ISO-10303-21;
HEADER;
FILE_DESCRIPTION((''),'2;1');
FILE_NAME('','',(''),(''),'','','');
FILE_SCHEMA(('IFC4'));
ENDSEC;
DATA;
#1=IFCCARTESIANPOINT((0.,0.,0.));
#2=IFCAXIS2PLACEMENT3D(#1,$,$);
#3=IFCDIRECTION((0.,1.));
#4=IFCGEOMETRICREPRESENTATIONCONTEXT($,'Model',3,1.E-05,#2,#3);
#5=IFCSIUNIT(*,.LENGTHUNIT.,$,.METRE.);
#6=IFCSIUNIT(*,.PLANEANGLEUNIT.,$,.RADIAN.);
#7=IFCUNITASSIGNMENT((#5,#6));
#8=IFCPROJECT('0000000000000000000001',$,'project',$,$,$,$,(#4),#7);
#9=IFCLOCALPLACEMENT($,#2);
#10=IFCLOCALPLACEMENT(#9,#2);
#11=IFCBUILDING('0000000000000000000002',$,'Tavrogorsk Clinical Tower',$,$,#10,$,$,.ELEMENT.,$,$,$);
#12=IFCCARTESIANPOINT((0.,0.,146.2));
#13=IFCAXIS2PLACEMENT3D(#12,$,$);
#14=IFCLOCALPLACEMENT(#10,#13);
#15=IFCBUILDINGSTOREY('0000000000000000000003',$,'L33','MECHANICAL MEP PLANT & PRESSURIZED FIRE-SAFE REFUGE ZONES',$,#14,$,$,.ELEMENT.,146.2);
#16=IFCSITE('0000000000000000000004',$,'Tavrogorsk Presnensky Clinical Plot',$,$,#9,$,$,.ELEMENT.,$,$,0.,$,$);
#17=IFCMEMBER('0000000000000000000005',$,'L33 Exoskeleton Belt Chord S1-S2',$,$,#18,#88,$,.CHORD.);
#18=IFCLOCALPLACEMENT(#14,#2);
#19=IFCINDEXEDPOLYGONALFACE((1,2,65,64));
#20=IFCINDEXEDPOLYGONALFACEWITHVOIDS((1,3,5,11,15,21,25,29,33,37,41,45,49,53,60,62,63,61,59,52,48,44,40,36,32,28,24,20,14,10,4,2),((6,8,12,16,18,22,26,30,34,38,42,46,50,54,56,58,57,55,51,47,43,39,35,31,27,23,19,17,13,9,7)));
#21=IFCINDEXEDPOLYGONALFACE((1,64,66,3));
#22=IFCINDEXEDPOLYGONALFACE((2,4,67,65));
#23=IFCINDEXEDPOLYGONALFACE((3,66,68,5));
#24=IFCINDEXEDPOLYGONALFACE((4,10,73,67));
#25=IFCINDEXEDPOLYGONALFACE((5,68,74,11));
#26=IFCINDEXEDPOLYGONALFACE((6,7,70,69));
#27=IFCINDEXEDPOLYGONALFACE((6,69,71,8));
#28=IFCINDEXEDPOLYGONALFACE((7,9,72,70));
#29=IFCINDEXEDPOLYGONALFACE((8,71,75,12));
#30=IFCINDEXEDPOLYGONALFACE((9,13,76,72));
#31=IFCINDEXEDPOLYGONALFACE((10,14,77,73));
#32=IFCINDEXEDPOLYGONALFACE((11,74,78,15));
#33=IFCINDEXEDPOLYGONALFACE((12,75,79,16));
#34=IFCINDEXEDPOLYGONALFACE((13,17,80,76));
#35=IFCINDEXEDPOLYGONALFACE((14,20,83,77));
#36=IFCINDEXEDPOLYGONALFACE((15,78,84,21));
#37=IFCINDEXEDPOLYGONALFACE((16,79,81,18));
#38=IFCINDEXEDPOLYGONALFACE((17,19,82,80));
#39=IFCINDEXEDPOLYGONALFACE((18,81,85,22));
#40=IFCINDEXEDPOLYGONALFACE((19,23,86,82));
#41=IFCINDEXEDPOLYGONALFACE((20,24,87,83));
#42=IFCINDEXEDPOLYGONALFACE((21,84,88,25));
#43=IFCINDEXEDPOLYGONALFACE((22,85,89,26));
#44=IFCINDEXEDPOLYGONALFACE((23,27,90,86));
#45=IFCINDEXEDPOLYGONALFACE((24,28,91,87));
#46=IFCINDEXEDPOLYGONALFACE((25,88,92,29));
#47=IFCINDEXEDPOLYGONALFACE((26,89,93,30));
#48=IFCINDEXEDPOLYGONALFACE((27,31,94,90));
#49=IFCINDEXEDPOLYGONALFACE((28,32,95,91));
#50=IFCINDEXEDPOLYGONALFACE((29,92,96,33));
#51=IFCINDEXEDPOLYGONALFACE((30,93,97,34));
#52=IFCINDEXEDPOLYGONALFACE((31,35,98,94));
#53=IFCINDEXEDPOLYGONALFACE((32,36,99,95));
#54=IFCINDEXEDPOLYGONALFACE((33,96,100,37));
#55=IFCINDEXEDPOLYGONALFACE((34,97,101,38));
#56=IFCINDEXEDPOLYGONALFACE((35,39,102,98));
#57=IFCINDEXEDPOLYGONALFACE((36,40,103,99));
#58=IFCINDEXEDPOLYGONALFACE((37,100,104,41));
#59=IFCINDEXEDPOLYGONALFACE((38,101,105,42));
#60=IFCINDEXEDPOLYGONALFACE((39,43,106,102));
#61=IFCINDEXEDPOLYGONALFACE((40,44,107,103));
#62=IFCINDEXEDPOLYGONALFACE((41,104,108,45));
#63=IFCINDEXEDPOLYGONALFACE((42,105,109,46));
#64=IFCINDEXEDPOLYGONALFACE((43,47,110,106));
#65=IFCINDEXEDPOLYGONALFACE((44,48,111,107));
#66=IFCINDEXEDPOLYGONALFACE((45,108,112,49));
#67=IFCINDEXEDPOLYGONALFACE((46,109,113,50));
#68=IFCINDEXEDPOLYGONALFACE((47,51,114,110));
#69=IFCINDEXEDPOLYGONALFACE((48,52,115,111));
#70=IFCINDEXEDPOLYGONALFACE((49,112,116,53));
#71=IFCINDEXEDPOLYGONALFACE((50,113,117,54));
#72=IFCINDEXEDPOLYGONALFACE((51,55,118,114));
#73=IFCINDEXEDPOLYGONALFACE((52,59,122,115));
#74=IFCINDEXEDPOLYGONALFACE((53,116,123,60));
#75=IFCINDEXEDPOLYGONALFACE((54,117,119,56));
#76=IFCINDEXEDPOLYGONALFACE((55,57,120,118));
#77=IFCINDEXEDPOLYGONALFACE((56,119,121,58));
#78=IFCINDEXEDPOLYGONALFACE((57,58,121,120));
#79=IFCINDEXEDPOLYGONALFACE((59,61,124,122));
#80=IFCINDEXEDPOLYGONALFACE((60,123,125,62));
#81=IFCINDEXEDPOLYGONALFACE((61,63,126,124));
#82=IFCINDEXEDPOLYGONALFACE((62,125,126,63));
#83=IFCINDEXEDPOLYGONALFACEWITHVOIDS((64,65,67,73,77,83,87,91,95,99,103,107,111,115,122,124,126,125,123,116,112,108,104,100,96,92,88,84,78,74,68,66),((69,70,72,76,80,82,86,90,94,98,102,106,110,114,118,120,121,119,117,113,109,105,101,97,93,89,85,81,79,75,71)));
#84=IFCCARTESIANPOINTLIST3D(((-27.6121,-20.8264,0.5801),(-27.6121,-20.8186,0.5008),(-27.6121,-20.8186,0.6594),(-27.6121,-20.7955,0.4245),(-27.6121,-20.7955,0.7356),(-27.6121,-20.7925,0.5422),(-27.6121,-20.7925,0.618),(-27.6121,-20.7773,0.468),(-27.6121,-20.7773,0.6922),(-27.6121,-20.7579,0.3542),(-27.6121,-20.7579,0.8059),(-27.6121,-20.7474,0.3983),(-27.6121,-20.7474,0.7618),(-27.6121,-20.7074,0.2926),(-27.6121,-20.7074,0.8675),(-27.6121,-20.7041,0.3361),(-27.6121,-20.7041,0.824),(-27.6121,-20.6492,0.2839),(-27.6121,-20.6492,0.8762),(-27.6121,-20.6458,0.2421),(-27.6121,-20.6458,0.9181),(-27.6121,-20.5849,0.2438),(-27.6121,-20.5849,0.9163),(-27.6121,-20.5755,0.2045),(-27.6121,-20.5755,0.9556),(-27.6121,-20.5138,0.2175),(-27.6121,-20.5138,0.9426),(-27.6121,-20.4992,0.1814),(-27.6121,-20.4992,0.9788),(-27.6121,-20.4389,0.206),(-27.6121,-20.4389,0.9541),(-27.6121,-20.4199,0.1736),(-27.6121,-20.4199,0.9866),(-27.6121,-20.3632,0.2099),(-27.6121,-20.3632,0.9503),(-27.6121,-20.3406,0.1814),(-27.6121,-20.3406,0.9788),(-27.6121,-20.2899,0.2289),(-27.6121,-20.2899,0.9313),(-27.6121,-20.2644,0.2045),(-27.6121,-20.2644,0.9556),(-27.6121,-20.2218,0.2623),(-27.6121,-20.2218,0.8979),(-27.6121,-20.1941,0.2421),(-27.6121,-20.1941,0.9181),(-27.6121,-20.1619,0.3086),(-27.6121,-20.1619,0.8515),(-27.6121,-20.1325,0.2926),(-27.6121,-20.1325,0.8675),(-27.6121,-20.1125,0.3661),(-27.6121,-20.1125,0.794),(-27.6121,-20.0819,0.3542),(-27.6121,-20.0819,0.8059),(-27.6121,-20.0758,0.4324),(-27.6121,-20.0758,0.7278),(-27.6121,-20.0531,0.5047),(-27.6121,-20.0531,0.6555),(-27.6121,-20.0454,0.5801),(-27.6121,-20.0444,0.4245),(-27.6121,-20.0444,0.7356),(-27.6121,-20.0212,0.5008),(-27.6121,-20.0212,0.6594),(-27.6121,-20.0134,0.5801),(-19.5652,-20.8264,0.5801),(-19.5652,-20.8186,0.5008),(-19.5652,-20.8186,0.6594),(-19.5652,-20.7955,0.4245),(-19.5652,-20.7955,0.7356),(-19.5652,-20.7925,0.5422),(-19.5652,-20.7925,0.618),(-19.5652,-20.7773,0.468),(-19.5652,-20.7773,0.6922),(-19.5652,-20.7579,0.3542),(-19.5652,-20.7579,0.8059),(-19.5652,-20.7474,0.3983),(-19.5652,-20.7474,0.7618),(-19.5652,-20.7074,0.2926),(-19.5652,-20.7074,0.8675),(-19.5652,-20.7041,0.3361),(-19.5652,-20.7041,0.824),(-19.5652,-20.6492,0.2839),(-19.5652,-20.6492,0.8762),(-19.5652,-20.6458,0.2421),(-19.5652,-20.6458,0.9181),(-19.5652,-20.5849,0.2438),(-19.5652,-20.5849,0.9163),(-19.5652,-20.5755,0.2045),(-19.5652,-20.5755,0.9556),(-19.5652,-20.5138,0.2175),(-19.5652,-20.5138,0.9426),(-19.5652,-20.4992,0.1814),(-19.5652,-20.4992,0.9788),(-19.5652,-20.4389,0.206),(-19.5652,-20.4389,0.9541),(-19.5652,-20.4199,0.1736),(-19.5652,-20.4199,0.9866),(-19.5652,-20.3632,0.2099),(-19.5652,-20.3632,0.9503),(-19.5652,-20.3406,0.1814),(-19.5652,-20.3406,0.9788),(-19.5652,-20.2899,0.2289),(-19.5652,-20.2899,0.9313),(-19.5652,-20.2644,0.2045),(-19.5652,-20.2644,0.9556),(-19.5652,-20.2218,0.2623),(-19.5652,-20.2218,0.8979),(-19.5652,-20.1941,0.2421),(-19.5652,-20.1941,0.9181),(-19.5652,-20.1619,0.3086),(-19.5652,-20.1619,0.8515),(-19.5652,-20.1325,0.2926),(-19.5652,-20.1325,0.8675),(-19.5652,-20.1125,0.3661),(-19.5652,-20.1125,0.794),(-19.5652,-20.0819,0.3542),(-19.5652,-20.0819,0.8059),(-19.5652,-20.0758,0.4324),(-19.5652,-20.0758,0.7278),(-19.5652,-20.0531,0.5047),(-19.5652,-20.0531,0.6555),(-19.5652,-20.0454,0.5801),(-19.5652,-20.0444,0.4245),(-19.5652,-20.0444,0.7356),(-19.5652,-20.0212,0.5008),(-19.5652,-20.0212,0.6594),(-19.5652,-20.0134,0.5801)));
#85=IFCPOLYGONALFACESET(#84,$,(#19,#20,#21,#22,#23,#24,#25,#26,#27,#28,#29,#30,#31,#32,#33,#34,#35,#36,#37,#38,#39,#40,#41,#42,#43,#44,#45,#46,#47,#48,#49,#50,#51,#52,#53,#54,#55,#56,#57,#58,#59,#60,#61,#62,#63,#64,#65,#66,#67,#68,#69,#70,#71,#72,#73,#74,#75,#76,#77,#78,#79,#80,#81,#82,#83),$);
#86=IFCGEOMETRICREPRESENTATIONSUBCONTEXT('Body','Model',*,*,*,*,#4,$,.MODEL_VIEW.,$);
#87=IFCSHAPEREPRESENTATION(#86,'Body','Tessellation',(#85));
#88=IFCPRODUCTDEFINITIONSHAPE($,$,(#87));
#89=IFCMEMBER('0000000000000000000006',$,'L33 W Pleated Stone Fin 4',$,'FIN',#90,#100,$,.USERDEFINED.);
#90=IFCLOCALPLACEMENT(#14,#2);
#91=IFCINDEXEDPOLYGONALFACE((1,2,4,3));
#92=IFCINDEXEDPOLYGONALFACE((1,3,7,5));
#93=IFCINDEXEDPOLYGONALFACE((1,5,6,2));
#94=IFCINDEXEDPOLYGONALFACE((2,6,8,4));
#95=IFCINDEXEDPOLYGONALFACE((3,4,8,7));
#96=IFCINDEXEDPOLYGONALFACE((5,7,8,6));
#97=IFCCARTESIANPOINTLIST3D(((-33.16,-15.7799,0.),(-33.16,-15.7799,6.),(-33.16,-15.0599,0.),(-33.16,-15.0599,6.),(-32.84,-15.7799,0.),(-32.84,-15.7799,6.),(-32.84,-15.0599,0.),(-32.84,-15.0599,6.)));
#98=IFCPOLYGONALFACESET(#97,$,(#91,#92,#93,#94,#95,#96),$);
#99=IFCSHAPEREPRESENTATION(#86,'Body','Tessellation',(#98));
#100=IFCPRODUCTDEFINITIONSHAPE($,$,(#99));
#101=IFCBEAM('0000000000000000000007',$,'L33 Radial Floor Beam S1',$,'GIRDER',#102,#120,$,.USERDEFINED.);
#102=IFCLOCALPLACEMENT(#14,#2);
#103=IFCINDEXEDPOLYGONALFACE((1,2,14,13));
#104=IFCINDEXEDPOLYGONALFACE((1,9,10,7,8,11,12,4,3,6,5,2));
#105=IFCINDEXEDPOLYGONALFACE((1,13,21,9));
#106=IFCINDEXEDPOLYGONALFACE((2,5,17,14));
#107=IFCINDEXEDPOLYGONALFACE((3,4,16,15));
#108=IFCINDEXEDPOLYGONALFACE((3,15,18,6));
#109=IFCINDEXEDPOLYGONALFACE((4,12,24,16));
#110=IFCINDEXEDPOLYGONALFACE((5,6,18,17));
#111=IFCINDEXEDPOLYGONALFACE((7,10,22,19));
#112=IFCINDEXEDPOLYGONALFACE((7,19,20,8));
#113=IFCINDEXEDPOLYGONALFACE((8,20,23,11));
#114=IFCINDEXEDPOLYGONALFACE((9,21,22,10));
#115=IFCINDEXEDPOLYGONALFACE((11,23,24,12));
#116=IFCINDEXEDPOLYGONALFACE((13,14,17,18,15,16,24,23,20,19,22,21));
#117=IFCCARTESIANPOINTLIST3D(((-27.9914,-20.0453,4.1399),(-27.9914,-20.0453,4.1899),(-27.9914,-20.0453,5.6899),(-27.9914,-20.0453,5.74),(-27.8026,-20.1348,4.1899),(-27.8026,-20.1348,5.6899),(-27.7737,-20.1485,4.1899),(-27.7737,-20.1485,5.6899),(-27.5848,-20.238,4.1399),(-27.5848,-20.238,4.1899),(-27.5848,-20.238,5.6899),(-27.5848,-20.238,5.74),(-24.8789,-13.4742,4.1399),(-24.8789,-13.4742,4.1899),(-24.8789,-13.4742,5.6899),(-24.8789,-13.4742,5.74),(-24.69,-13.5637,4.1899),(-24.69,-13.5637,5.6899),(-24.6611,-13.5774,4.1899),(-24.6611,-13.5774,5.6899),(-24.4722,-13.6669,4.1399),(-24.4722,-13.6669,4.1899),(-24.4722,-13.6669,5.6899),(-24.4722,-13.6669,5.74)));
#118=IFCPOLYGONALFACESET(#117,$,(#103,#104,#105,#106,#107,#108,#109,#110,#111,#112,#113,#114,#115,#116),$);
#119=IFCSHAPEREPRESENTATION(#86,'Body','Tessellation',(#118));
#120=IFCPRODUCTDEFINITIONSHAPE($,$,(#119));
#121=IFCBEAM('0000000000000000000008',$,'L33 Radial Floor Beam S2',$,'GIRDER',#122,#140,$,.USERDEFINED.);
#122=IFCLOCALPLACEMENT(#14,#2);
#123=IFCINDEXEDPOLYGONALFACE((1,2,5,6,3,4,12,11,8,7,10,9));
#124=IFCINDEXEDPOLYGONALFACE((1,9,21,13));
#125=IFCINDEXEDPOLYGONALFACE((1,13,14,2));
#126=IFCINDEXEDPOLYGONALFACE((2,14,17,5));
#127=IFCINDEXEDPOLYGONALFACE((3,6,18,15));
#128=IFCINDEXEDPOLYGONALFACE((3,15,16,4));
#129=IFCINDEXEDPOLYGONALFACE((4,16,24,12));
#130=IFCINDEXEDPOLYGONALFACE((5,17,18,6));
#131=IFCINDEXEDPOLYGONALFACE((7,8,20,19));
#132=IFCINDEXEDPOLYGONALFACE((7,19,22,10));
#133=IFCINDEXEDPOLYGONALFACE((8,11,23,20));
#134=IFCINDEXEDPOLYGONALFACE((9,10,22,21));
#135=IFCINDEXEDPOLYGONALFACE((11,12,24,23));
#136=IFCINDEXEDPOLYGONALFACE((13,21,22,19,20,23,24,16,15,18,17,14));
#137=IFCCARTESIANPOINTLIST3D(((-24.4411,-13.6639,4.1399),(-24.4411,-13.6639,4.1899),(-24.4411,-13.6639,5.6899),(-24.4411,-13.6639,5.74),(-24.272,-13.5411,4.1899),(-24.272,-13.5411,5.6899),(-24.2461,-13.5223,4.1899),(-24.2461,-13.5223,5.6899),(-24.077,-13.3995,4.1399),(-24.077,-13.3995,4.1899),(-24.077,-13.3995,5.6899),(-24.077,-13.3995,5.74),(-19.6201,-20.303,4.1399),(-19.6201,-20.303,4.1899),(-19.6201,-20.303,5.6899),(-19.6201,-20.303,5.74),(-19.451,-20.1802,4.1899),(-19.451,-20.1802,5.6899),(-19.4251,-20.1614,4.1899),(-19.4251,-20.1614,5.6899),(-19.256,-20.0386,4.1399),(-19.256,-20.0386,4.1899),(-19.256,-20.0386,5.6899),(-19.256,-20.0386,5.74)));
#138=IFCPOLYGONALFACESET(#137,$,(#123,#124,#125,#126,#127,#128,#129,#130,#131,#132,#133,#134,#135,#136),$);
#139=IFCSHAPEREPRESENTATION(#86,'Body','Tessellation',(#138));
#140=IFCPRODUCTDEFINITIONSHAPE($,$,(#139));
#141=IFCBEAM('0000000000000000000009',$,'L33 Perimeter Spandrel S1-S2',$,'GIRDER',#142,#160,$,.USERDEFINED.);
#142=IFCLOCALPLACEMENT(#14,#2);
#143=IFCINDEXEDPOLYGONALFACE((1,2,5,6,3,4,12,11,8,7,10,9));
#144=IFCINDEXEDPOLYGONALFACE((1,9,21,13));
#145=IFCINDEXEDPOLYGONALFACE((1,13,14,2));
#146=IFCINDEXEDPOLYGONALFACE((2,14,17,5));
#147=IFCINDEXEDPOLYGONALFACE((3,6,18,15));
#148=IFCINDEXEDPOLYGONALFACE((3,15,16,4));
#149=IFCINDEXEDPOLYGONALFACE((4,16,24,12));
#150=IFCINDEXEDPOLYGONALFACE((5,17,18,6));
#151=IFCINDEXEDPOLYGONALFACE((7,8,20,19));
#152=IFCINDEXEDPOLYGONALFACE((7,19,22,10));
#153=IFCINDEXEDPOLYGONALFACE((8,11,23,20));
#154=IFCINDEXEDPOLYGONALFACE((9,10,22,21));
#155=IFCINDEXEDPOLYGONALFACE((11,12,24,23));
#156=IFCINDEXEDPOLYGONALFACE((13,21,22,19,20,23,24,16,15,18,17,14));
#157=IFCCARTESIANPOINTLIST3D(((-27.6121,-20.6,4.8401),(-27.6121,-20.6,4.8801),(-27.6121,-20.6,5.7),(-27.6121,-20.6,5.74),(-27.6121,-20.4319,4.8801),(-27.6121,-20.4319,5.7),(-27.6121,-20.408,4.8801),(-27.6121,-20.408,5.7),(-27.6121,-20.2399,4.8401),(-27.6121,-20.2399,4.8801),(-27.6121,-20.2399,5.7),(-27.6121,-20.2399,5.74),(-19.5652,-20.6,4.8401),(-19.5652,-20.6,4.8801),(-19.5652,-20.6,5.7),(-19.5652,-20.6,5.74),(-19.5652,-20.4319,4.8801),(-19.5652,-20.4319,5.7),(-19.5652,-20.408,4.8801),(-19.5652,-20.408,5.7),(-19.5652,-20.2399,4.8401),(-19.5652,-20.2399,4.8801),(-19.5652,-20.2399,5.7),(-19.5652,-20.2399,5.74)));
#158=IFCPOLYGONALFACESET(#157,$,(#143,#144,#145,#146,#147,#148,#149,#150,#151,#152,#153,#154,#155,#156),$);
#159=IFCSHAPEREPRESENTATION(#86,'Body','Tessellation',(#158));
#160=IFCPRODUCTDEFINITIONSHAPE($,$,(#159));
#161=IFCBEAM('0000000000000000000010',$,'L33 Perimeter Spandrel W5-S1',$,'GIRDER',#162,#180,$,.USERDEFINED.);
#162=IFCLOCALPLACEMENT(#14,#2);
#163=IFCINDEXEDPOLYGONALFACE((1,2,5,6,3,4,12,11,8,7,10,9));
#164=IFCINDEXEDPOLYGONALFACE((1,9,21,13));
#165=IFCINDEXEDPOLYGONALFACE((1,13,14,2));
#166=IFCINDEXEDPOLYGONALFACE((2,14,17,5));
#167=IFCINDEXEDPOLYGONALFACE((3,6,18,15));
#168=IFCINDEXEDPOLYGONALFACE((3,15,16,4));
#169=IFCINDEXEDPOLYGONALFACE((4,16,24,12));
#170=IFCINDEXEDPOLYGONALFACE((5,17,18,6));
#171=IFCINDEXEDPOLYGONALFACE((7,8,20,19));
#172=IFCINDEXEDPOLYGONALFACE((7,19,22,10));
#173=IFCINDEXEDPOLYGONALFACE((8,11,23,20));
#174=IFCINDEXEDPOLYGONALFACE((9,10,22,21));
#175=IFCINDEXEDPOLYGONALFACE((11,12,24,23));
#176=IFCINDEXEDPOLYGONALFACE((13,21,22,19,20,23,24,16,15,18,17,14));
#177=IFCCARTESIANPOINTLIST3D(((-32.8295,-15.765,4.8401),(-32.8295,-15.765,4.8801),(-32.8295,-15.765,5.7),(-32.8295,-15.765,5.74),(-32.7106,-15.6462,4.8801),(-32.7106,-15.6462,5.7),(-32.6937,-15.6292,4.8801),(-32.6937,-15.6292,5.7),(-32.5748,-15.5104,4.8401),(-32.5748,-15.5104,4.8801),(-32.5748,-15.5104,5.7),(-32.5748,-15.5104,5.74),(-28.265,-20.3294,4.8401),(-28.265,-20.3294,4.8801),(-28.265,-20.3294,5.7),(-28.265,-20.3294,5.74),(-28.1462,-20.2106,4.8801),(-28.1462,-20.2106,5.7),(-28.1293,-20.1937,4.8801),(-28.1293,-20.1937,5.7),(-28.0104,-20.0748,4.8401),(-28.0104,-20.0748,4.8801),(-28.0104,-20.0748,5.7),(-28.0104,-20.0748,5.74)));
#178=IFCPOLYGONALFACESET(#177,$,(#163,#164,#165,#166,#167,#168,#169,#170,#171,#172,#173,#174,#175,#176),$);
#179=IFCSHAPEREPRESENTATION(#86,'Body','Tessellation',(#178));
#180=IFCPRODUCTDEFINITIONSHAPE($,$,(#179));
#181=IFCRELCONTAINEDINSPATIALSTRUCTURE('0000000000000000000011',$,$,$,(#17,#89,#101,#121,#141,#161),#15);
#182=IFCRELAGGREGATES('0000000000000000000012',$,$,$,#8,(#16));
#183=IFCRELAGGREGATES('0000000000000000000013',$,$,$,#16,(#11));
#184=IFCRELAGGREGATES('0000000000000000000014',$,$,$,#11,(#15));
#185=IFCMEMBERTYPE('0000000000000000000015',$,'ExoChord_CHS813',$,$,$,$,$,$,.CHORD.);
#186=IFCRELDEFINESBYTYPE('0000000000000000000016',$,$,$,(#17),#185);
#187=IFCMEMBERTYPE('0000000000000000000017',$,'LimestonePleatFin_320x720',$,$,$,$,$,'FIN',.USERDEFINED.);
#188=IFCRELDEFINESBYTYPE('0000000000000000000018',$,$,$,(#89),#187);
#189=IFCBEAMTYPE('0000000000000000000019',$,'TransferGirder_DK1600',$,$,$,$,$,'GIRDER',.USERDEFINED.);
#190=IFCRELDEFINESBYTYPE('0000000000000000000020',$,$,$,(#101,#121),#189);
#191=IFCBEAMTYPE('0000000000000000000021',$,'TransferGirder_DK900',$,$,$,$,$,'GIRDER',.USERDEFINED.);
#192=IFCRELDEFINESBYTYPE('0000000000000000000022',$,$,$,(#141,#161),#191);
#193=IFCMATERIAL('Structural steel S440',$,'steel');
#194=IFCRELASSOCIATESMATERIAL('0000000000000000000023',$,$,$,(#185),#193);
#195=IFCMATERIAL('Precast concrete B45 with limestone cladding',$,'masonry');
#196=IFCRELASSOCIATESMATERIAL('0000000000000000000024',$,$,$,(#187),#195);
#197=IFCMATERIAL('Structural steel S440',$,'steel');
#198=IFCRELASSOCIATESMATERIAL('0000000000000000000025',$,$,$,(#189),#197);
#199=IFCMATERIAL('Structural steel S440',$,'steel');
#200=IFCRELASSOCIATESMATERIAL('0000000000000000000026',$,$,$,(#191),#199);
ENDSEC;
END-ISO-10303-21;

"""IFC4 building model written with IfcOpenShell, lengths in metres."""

from ifc_helpers import new_model, si_unit, direction, frame, origin, origin_2d, place, context, subcontext, project, spatial, rectangle, hollow_circle, i_section, extrude, material, material_profile, profile_set, type_object, element, save


model = new_model("IFC4")

# Units and contexts
model_context = context("Model", 3, precision=1e-05, world=origin(), true_north=direction((0.0, 1.0)))
body_context = subcontext(model_context, "Body", "Model", "MODEL_VIEW")
ifc_project = project(units=[si_unit("LENGTHUNIT", "METRE"), si_unit("PLANEANGLEUNIT", "RADIAN")], contexts=[model_context])

# Site, building, storey
site_placement = place(None, origin())
site = spatial("IfcSite", under=ifc_project, at=site_placement, Name="Tavrogorsk Presnensky Clinical Plot", CompositionType="ELEMENT", RefElevation=0.0)
building_placement = place(site_placement, origin())
building = spatial("IfcBuilding", under=site, at=building_placement, Name="Tavrogorsk Clinical Tower", CompositionType="ELEMENT")
storey_placement = place(building_placement, frame((0.0, 0.0, 146.2)))
storey = spatial("IfcBuildingStorey", under=building, at=storey_placement, Name="L33", Description="MECHANICAL MEP PLANT & PRESSURIZED FIRE-SAFE REFUGE ZONES", CompositionType="ELEMENT", Elevation=146.2)

# Members
ifc_material_1 = material(Name="Structural steel S440", Category="steel")
ifc_material_profile_1 = material_profile(ifc_material_1, hollow_circle(Radius=0.4065, WallThickness=0.032, at=origin_2d()), Name="CHS-813x32")
ifc_profile_set_1 = profile_set([ifc_material_profile_1], Name="Structural steel S440")
member_type_1 = type_object("IfcMemberType", Name="ExoChord_CHS813", PredefinedType="CHORD", material=ifc_profile_set_1)
member_1_placement = place(storey_placement, frame((-27.6121, -20.4199, 0.5801), z_axis=(1.0, 0.0, 0.0), x_axis=(0.0, 1.0, 0.0)))
element("IfcMember", 1, at=member_1_placement, inside=storey, type_object=member_type_1, Name="L33 Exoskeleton Belt Chord S1-S2", PredefinedType="CHORD", context=body_context, shape_type="SweptSolid", body=[
    extrude(hollow_circle(Radius=0.4065, WallThickness=0.032, at=origin_2d()), origin(), (0.0, 0.0, 1.0), 8.0469),
])
ifc_material_2 = material(Name="Precast concrete B45 with limestone cladding", Category="masonry")
ifc_material_profile_2 = material_profile(ifc_material_2, rectangle(XDim=0.3201, YDim=0.72, at=origin_2d()), Name="LIMESTONE-FIN-320x720")
ifc_profile_set_2 = profile_set([ifc_material_profile_2], Name="Precast concrete B45 with limestone cladding")
member_type_2 = type_object("IfcMemberType", Name="LimestonePleatFin_320x720", ElementType="FIN", PredefinedType="USERDEFINED", material=ifc_profile_set_2)
member_2_placement = place(storey_placement, frame((-33.0, -15.4199, 0.0), z_axis=(0.0, 0.0, 1.0), x_axis=(1.0, 0.0, 0.0)))
element("IfcMember", 2, at=member_2_placement, inside=storey, type_object=member_type_2, Name="L33 W Pleated Stone Fin 4", ObjectType="FIN", PredefinedType="USERDEFINED", context=body_context, shape_type="SweptSolid", body=[
    extrude(rectangle(XDim=0.3201, YDim=0.72, at=origin_2d()), origin(), (0.0, 0.0, 1.0), 6.0),
])

# Beams
ifc_material_3 = material(Name="Structural steel S440", Category="steel")
ifc_material_profile_3 = material_profile(ifc_material_3, i_section(OverallWidth=0.45, OverallDepth=1.6001, WebThickness=0.032, FlangeThickness=0.05, at=origin_2d()), Name="DK-1600x450x32x50")
ifc_profile_set_3 = profile_set([ifc_material_profile_3], Name="Structural steel S440")
beam_type_1 = type_object("IfcBeamType", Name="TransferGirder_DK1600", ElementType="GIRDER", PredefinedType="USERDEFINED", material=ifc_profile_set_3)
beam_1_placement = place(storey_placement, frame((-24.6755, -13.5706, 4.9399), z_axis=(-0.428081, -0.903741, 0.0), x_axis=(0.903741, -0.428081, 0.0)))
element("IfcBeam", 3, at=beam_1_placement, inside=storey, type_object=beam_type_1, Name="L33 Radial Floor Beam S1", ObjectType="GIRDER", PredefinedType="USERDEFINED", context=body_context, shape_type="SweptSolid", body=[
    extrude(i_section(OverallWidth=0.45, OverallDepth=1.6001, WebThickness=0.032, FlangeThickness=0.05, at=origin_2d()), origin(), (0.0, 0.0, 1.0), 7.271),
])
beam_2_placement = place(storey_placement, frame((-24.259, -13.5317, 4.9399), z_axis=(0.587579, -0.809167, 0.0), x_axis=(0.809167, 0.587579, 0.0)))
element("IfcBeam", 4, at=beam_2_placement, inside=storey, type_object=beam_type_1, Name="L33 Radial Floor Beam S2", ObjectType="GIRDER", PredefinedType="USERDEFINED", context=body_context, shape_type="SweptSolid", body=[
    extrude(i_section(OverallWidth=0.45, OverallDepth=1.6001, WebThickness=0.032, FlangeThickness=0.05, at=origin_2d()), origin(), (0.0, 0.0, 1.0), 8.2048),
])
ifc_material_4 = material(Name="Structural steel S440", Category="steel")
ifc_material_profile_4 = material_profile(ifc_material_4, i_section(OverallWidth=0.3601, OverallDepth=0.8999, WebThickness=0.0239, FlangeThickness=0.04, at=origin_2d()), Name="DK-900x360x24x40")
ifc_profile_set_4 = profile_set([ifc_material_profile_4], Name="Structural steel S440")
beam_type_2 = type_object("IfcBeamType", Name="TransferGirder_DK900", ElementType="GIRDER", PredefinedType="USERDEFINED", material=ifc_profile_set_4)
beam_3_placement = place(storey_placement, frame((-27.6121, -20.4199, 5.29), z_axis=(1.0, 0.0, 0.0), x_axis=(0.0, 1.0, 0.0)))
element("IfcBeam", 5, at=beam_3_placement, inside=storey, type_object=beam_type_2, Name="L33 Perimeter Spandrel S1-S2", ObjectType="GIRDER", PredefinedType="USERDEFINED", context=body_context, shape_type="SweptSolid", body=[
    extrude(i_section(OverallWidth=0.3601, OverallDepth=0.8999, WebThickness=0.0239, FlangeThickness=0.04, at=origin_2d()), origin(), (0.0, 0.0, 1.0), 8.0469),
])
beam_4_placement = place(storey_placement, frame((-32.7021, -15.6377, 5.29), z_axis=(0.707107, -0.707107, 0.0), x_axis=(0.707107, 0.707107, 0.0)))
element("IfcBeam", 6, at=beam_4_placement, inside=storey, type_object=beam_type_2, Name="L33 Perimeter Spandrel W5-S1", ObjectType="GIRDER", PredefinedType="USERDEFINED", context=body_context, shape_type="SweptSolid", body=[
    extrude(i_section(OverallWidth=0.3601, OverallDepth=0.8999, WebThickness=0.0239, FlangeThickness=0.04, at=origin_2d()), origin(), (0.0, 0.0, 1.0), 6.4551),
])

save(model, "model.ifc")
